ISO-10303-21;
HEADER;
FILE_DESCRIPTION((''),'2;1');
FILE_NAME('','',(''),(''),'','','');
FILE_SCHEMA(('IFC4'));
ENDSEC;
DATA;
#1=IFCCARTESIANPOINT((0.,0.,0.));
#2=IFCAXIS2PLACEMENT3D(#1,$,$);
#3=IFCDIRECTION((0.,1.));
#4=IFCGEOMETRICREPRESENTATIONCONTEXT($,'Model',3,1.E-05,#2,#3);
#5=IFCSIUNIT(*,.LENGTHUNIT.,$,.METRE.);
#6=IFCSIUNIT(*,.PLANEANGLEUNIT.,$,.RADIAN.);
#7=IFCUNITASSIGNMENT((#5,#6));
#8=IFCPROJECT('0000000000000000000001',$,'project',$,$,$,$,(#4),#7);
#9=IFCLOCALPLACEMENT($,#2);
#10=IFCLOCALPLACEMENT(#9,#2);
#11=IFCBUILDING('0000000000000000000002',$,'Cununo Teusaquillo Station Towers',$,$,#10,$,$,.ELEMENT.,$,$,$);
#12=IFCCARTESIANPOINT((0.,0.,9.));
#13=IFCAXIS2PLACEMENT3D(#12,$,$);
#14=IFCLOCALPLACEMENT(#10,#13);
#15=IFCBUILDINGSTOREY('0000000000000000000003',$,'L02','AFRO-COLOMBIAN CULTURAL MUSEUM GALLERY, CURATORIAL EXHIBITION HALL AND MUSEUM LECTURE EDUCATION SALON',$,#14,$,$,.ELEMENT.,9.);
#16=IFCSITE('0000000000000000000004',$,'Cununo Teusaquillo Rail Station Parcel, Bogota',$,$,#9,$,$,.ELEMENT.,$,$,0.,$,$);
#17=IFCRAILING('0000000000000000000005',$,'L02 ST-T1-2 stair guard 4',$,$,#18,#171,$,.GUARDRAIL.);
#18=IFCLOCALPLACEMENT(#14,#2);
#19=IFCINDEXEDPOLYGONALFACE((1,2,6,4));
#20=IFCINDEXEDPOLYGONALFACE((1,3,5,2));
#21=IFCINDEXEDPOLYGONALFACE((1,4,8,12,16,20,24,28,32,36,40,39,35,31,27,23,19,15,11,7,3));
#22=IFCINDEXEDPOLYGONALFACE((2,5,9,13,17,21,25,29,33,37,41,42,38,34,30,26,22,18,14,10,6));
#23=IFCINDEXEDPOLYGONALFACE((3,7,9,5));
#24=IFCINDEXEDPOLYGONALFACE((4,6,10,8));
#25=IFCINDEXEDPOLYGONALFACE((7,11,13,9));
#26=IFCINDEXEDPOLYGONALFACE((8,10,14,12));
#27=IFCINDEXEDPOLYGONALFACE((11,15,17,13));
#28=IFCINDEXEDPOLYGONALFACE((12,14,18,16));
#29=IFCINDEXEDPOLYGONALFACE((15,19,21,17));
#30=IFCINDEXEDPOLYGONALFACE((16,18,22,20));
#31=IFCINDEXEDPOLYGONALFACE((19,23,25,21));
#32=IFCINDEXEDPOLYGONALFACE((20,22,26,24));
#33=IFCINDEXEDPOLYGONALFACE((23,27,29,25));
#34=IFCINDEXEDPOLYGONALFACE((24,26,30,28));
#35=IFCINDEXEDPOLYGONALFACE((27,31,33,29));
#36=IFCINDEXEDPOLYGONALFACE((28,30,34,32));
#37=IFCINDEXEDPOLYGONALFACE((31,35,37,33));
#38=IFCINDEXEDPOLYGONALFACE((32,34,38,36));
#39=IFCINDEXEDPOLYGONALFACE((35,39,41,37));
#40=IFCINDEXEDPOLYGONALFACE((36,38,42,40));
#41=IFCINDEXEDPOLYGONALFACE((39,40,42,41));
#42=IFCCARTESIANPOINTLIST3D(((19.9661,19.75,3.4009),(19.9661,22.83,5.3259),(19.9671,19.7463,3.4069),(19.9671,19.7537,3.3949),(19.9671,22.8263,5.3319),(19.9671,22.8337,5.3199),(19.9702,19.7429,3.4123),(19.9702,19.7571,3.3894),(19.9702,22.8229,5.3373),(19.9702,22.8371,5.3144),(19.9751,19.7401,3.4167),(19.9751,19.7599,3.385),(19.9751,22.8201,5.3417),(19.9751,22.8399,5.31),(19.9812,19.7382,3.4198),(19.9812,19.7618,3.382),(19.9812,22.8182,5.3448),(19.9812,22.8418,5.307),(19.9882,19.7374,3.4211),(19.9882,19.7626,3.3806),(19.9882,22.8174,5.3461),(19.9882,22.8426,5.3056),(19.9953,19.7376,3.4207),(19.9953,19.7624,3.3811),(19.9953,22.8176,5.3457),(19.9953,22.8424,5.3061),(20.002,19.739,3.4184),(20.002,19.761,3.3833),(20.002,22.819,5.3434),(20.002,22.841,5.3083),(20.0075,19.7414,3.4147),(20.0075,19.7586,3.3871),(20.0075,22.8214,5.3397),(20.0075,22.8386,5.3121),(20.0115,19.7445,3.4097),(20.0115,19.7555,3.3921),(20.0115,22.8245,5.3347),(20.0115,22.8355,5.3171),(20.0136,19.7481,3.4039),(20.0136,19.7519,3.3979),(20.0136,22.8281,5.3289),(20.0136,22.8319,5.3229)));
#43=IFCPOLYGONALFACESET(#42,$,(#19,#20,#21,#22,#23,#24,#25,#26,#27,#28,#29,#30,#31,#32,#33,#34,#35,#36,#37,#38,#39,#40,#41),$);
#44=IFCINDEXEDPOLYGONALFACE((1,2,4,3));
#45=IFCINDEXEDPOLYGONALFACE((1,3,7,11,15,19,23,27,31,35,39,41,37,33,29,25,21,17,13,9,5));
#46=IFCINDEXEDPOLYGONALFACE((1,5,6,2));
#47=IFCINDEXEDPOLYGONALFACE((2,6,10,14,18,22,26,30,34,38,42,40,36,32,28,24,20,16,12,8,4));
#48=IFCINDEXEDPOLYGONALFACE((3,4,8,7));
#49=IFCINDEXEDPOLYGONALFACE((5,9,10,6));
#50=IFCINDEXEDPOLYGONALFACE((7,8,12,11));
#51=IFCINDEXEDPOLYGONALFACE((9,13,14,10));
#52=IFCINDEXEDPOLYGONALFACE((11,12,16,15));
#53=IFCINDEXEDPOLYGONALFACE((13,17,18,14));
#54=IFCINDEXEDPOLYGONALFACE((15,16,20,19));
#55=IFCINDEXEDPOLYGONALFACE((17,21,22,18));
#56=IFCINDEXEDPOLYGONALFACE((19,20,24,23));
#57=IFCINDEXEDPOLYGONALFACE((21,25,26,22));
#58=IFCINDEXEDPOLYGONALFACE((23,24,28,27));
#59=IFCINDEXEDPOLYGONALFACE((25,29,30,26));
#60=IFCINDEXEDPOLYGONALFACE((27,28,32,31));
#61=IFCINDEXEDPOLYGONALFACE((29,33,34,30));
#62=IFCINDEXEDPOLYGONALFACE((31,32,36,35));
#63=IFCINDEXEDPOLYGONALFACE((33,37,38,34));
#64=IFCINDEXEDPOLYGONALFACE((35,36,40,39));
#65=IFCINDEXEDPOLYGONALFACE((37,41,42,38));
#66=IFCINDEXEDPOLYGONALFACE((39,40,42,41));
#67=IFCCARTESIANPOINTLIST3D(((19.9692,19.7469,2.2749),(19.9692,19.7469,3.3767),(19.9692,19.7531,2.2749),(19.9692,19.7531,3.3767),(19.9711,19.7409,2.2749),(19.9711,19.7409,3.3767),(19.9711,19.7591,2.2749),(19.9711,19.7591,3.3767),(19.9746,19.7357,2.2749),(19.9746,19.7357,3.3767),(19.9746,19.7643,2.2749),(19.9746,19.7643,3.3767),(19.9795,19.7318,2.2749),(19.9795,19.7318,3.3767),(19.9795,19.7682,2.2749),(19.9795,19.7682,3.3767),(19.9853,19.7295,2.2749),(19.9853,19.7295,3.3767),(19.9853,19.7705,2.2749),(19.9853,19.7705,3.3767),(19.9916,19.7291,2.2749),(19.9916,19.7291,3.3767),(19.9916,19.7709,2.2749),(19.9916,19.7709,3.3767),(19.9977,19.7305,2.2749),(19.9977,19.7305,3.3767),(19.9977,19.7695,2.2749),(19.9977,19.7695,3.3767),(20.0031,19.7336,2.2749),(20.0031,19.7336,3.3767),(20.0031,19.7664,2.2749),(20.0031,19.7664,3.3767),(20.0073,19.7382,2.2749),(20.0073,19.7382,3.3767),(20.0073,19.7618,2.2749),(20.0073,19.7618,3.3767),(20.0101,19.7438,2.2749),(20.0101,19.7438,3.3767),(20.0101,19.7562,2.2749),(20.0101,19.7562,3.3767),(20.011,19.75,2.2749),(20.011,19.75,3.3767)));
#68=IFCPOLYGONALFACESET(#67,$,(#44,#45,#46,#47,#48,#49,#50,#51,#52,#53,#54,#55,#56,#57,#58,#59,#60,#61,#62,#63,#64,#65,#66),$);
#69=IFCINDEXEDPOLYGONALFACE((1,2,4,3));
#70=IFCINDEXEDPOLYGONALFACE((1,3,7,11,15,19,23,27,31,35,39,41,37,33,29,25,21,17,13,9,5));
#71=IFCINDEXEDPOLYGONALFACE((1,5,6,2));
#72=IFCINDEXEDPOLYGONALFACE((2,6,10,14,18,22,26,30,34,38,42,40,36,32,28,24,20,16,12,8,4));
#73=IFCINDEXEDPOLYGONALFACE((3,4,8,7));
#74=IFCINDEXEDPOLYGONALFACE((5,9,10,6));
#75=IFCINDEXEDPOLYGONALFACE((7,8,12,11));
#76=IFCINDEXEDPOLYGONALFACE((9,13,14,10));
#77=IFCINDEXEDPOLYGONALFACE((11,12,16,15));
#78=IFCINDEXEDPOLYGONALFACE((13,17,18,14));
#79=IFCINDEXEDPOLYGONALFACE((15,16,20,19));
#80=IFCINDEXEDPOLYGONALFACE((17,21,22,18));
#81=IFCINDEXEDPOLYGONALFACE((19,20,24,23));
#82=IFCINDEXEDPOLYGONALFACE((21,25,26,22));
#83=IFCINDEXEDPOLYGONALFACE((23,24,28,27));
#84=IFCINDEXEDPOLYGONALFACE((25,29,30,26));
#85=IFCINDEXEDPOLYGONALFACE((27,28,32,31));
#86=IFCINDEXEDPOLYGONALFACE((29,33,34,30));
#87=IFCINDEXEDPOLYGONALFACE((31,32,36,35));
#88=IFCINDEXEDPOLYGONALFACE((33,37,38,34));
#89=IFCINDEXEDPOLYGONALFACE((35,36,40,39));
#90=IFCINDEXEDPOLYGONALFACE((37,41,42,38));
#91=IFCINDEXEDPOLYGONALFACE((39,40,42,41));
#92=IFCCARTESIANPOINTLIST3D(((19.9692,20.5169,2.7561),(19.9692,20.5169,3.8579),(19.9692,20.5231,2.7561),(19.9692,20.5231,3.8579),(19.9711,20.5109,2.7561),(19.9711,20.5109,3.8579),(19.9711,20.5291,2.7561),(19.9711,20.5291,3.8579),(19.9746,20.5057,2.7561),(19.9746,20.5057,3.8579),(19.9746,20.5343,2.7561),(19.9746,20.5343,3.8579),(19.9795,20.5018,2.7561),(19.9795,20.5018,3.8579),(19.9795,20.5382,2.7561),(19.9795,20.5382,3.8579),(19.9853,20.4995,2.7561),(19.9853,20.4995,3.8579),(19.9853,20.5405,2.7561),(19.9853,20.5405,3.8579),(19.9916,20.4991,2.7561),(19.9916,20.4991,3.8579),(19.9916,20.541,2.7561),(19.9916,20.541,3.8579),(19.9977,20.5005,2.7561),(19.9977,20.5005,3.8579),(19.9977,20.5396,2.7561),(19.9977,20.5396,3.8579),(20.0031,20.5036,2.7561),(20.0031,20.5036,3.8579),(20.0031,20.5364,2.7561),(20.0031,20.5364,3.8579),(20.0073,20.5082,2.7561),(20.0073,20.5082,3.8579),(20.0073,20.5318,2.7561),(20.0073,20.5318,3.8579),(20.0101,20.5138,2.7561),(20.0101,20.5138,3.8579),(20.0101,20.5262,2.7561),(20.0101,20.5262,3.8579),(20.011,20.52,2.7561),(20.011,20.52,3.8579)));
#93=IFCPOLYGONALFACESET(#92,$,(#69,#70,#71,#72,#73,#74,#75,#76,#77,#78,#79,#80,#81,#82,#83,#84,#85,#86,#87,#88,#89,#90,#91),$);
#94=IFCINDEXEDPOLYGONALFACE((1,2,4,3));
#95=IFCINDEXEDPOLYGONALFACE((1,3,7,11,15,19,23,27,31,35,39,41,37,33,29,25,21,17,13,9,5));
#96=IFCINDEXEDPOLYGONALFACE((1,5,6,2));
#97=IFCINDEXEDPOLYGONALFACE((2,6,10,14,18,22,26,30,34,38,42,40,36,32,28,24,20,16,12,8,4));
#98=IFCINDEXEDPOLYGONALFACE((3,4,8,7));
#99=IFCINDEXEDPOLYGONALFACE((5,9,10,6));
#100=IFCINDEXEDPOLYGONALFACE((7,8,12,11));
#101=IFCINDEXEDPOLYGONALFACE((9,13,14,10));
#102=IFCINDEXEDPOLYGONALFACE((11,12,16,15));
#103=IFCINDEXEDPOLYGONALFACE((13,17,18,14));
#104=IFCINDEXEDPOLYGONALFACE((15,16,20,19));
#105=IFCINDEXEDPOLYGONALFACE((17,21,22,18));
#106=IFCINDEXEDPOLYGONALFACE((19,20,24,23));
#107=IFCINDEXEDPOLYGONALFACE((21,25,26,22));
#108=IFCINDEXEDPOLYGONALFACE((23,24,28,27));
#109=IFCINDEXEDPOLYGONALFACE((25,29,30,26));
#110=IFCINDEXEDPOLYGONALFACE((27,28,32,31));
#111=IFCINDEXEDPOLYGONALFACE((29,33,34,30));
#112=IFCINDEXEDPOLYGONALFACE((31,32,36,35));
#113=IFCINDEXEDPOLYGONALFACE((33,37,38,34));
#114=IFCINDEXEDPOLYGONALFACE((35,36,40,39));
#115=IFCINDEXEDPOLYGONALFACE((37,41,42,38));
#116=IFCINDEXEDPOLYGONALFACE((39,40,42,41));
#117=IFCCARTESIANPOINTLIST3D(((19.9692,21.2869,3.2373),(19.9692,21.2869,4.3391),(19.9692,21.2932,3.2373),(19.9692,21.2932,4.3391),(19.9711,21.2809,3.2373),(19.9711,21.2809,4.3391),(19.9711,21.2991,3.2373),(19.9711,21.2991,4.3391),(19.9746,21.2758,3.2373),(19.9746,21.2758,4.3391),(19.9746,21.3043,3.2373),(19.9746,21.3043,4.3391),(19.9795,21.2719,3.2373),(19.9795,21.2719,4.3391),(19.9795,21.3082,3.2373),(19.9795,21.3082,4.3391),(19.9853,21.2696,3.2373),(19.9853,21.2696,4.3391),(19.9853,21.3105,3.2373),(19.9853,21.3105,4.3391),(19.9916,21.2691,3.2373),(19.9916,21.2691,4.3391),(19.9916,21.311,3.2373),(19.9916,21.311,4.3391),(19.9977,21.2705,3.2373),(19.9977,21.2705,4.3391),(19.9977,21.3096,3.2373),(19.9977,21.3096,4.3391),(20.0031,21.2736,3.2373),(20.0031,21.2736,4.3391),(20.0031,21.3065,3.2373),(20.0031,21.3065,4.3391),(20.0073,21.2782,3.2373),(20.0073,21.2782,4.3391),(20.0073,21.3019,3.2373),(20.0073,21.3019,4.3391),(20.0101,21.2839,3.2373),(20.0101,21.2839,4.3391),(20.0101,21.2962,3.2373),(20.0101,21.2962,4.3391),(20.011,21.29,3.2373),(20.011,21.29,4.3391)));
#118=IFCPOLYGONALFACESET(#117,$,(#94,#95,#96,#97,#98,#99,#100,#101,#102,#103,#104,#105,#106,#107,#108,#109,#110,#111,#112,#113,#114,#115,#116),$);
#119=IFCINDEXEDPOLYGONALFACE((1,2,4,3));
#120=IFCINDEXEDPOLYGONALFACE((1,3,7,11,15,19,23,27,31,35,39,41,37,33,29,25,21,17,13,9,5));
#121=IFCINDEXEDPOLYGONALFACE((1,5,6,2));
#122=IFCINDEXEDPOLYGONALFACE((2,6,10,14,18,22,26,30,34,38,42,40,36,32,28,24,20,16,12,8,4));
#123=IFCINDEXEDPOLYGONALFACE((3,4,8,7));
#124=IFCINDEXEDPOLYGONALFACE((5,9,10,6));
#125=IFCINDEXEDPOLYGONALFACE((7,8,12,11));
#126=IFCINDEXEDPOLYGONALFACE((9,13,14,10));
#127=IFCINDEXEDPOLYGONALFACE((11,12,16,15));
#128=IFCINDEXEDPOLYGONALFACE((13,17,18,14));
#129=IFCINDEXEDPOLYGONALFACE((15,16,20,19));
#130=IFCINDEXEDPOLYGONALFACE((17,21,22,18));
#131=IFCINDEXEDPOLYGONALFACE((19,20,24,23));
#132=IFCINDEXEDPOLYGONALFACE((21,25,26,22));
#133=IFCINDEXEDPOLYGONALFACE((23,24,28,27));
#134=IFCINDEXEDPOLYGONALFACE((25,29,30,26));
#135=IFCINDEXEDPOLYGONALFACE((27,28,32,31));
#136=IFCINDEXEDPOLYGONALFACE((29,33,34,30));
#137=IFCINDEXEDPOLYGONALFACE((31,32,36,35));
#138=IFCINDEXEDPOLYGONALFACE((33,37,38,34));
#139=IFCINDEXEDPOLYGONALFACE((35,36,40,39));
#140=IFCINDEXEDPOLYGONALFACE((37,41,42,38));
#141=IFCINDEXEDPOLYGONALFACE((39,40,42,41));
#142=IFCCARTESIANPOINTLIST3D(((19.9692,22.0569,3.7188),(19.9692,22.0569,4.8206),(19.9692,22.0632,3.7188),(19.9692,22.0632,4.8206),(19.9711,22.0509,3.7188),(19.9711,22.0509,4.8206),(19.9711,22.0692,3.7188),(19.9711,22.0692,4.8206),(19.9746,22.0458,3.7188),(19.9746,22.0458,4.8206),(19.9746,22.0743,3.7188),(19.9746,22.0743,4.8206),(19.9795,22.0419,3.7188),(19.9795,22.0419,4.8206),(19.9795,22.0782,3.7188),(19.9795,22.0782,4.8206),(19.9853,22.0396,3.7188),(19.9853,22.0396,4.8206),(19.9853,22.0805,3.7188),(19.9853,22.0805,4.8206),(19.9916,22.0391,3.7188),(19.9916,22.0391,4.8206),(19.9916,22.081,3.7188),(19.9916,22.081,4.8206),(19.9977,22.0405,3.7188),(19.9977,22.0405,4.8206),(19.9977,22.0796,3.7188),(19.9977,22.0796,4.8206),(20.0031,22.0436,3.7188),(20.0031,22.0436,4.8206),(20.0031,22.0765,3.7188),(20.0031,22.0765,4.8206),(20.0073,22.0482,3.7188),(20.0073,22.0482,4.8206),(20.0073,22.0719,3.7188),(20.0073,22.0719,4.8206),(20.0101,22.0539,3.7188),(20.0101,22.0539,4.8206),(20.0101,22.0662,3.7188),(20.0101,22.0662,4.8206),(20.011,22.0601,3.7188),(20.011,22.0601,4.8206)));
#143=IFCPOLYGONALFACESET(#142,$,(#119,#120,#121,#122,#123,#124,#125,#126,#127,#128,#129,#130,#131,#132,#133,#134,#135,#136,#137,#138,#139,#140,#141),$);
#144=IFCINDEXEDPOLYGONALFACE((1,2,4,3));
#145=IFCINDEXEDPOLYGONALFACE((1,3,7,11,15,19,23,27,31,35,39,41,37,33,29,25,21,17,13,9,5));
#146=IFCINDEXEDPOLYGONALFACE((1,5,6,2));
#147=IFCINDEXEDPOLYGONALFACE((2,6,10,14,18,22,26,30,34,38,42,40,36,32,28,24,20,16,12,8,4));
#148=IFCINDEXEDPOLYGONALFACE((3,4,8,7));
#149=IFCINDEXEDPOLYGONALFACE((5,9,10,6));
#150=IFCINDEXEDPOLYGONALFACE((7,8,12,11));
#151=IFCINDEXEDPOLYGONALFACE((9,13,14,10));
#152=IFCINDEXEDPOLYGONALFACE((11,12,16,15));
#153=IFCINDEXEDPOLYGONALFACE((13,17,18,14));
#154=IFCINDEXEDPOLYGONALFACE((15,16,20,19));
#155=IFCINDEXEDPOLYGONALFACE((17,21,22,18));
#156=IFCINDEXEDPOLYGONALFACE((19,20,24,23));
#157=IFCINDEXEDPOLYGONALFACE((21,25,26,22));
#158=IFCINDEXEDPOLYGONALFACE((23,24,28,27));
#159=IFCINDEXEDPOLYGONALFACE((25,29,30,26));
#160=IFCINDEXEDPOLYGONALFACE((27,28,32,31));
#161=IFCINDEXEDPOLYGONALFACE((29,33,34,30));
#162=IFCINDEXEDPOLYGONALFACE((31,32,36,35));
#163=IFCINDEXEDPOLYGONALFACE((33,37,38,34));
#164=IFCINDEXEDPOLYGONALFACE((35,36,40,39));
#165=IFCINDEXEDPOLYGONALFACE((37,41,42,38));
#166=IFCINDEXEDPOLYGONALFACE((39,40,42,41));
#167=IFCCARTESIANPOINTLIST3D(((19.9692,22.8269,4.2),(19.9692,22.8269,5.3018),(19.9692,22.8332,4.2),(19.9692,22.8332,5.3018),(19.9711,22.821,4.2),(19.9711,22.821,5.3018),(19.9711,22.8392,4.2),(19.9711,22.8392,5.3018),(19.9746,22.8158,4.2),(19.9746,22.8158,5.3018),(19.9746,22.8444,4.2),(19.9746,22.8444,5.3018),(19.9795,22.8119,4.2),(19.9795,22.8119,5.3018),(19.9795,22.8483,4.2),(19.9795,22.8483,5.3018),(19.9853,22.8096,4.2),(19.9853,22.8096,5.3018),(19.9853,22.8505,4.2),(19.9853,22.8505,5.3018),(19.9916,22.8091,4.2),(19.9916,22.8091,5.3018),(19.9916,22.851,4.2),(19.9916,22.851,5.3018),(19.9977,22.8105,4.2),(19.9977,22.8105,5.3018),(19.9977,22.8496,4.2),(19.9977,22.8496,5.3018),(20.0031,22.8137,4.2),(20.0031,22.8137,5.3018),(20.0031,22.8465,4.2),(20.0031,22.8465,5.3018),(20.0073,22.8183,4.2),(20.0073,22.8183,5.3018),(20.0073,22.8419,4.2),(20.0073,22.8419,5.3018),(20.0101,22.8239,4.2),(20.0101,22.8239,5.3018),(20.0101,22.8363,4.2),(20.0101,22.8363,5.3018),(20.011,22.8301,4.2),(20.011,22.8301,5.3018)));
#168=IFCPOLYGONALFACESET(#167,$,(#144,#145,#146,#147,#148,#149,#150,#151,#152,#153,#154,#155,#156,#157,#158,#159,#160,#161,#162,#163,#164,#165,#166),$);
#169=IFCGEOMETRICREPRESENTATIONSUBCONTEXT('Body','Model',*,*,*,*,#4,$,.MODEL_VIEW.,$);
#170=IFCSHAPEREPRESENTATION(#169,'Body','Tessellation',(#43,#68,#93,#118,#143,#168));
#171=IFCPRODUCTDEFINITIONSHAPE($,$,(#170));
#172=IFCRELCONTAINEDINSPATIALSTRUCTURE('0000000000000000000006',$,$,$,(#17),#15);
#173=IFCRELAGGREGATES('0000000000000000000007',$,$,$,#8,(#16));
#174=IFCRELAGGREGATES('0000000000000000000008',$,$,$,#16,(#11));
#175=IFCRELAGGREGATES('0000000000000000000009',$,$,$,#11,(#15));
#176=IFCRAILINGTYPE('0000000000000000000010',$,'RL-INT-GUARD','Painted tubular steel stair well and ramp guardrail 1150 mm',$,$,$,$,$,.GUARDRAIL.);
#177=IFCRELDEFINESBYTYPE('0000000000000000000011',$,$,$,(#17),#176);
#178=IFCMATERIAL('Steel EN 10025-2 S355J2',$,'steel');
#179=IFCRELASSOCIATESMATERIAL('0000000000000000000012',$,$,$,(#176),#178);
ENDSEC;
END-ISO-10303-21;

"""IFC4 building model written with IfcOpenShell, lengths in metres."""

from ifc_helpers import new_model, si_unit, direction, frame, origin, origin_2d, place, context, subcontext, project, spatial, circle, extrude, material, type_object, element, save


model = new_model("IFC4")

# Units and contexts
model_context = context("Model", 3, precision=1e-05, world=origin(), true_north=direction((0.0, 1.0)))
body_context = subcontext(model_context, "Body", "Model", "MODEL_VIEW")
ifc_project = project(units=[si_unit("LENGTHUNIT", "METRE"), si_unit("PLANEANGLEUNIT", "RADIAN")], contexts=[model_context])

# Site, building, storey
site_placement = place(None, origin())
site = spatial("IfcSite", under=ifc_project, at=site_placement, Name="Cununo Teusaquillo Rail Station Parcel, Bogota", CompositionType="ELEMENT", RefElevation=0.0)
building_placement = place(site_placement, origin())
building = spatial("IfcBuilding", under=site, at=building_placement, Name="Cununo Teusaquillo Station Towers", CompositionType="ELEMENT")
storey_placement = place(building_placement, frame((0.0, 0.0, 9.0)))
storey = spatial("IfcBuildingStorey", under=building, at=storey_placement, Name="L02", Description="AFRO-COLOMBIAN CULTURAL MUSEUM GALLERY, CURATORIAL EXHIBITION HALL AND MUSEUM LECTURE EDUCATION SALON", CompositionType="ELEMENT", Elevation=9.0)

# Railing
ifc_material_1 = material(Name="Steel EN 10025-2 S355J2", Category="steel")
railing_type_1 = type_object("IfcRailingType", Name="RL-INT-GUARD", Description="Painted tubular steel stair well and ramp guardrail 1150 mm", PredefinedType="GUARDRAIL", material=ifc_material_1)
railing_1_placement = place(storey_placement, frame((19.99, 19.75, 2.2749)))
element("IfcRailing", 1, at=railing_1_placement, inside=storey, type_object=railing_type_1, Name="L02 ST-T1-2 stair guard 4", PredefinedType="GUARDRAIL", context=body_context, shape_type="SweptSolid", body=[
    extrude(circle(Radius=0.0239, at=origin_2d()), frame((0.0, 0.0, 1.126), z_axis=(0.0, 0.847998, 0.529999), x_axis=(-1.0, 0.0, 0.0)), (0.0, 0.0, 1.0), 3.6321),
    extrude(circle(Radius=0.021, at=origin_2d()), origin(), (0.0, 0.0, 1.0), 1.1018),
    extrude(circle(Radius=0.021, at=origin_2d()), frame((0.0, 0.77, 0.4812)), (0.0, 0.0, 1.0), 1.1018),
    extrude(circle(Radius=0.021, at=origin_2d()), frame((0.0, 1.54, 0.9624)), (0.0, 0.0, 1.0), 1.1018),
    extrude(circle(Radius=0.021, at=origin_2d()), frame((0.0, 2.3101, 1.4438)), (0.0, 0.0, 1.0), 1.1018),
    extrude(circle(Radius=0.021, at=origin_2d()), frame((0.0, 3.0801, 1.925)), (0.0, 0.0, 1.0), 1.1018),
])

save(model, "model.ifc")
